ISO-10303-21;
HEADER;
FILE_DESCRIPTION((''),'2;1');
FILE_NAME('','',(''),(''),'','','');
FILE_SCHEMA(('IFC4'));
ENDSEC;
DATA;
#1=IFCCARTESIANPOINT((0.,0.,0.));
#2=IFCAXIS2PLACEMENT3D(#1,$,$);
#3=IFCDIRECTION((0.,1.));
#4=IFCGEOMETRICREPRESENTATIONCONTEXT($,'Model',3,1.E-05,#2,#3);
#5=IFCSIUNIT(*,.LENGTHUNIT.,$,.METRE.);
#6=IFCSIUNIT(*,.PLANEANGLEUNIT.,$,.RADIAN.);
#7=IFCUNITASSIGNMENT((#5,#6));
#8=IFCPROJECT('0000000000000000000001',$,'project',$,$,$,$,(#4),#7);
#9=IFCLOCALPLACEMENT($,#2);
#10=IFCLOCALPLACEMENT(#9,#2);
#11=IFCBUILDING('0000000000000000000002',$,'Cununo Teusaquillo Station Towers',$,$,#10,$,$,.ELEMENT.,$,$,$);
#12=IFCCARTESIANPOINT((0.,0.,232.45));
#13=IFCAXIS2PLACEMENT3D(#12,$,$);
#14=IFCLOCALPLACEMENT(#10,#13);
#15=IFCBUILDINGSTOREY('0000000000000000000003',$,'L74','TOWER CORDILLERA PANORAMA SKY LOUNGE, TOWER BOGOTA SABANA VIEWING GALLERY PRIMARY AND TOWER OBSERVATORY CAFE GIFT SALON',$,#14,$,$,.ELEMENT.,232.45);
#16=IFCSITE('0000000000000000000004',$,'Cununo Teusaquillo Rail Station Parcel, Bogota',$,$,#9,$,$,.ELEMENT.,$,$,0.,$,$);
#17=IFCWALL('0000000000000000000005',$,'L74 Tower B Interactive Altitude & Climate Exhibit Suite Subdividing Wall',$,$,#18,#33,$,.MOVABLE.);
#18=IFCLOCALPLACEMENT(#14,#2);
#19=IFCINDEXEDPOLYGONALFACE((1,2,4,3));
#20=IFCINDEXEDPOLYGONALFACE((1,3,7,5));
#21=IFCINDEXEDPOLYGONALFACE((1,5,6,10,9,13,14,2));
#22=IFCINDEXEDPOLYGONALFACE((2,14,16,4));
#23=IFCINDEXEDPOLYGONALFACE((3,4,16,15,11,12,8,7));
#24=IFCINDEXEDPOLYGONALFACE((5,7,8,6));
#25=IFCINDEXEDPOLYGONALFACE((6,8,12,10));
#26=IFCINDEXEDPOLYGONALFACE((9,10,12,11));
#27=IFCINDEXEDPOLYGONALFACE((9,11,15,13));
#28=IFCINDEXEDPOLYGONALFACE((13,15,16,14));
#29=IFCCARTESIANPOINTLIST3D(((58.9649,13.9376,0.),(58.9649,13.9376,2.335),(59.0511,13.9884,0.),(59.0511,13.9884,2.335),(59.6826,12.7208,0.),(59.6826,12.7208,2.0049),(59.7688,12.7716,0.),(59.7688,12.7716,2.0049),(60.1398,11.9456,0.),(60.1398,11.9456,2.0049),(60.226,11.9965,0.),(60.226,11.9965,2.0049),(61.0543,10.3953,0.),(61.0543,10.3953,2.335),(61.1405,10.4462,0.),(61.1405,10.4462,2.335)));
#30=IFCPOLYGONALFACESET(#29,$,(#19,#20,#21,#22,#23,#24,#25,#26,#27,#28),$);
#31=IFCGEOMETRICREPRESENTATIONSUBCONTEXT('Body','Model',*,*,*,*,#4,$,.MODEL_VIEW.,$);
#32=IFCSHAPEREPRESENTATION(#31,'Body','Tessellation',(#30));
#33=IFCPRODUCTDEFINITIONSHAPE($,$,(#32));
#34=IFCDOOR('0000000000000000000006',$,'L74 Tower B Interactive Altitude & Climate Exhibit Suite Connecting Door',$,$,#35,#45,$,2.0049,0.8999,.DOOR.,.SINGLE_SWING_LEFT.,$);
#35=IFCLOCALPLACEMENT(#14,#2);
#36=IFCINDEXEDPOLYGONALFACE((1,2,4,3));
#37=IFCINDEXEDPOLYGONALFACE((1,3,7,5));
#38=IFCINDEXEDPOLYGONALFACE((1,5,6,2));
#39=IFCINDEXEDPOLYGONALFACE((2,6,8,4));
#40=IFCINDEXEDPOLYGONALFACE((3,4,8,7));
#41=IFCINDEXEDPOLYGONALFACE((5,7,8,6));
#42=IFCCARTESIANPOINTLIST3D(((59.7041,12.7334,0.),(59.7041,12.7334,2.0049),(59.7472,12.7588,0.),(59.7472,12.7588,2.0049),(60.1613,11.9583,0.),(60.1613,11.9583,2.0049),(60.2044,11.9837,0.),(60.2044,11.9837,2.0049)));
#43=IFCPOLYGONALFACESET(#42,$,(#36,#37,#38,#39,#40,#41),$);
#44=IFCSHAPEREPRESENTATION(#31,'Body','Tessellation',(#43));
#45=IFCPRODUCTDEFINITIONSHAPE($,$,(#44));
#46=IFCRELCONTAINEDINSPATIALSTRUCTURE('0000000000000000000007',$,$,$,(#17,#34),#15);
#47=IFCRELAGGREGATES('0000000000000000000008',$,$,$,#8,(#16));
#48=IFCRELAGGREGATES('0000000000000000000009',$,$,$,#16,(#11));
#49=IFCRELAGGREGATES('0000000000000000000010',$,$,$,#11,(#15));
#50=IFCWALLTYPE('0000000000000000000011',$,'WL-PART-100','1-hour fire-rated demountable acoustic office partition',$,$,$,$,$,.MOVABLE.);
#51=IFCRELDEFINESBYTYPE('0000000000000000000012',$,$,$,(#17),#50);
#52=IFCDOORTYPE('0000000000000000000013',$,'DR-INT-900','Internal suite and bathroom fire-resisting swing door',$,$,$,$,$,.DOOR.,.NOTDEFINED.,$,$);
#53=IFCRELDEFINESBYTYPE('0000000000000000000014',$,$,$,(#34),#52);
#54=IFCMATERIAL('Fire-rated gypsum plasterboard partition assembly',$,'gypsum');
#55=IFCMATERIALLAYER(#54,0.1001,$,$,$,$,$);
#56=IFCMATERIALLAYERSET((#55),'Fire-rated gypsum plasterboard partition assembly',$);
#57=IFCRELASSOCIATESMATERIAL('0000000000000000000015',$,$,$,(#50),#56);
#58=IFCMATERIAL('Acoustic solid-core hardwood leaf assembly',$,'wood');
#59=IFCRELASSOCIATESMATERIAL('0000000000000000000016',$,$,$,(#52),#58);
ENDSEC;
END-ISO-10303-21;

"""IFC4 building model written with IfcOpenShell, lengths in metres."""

from ifc_helpers import new_model, si_unit, direction, frame, frame_2d, origin, place, context, subcontext, project, spatial, rectangle, extrude, source, transform, mapped, material, layer, layer_set, type_object, element, fill, save


model = new_model("IFC4")

# Units and contexts
model_context = context("Model", 3, precision=1e-05, world=origin(), true_north=direction((0.0, 1.0)))
body_context = subcontext(model_context, "Body", "Model", "MODEL_VIEW")
ifc_project = project(units=[si_unit("LENGTHUNIT", "METRE"), si_unit("PLANEANGLEUNIT", "RADIAN")], contexts=[model_context])

# Site, building, storey
site_placement = place(None, origin())
site = spatial("IfcSite", under=ifc_project, at=site_placement, Name="Cununo Teusaquillo Rail Station Parcel, Bogota", CompositionType="ELEMENT", RefElevation=0.0)
building_placement = place(site_placement, origin())
building = spatial("IfcBuilding", under=site, at=building_placement, Name="Cununo Teusaquillo Station Towers", CompositionType="ELEMENT")
storey_placement = place(building_placement, frame((0.0, 0.0, 232.45)))
storey = spatial("IfcBuildingStorey", under=building, at=storey_placement, Name="L74", Description="TOWER CORDILLERA PANORAMA SKY LOUNGE, TOWER BOGOTA SABANA VIEWING GALLERY PRIMARY AND TOWER OBSERVATORY CAFE GIFT SALON", CompositionType="ELEMENT", Elevation=232.45)

# Shared definitions
ifc_material_1 = material(Name="Fire-rated gypsum plasterboard partition assembly", Category="gypsum")
ifc_layer_1 = layer(ifc_material_1, 0.1001)
ifc_layer_set_1 = layer_set([ifc_layer_1], Name="Fire-rated gypsum plasterboard partition assembly")
wall_type_1 = type_object("IfcWallType", Name="WL-PART-100", Description="1-hour fire-rated demountable acoustic office partition", PredefinedType="MOVABLE", material=ifc_layer_set_1)

# Wall, opening, door
wall_1_placement = place(storey_placement, frame((59.0081, 13.9629, 0.0), z_axis=(0.0, 0.0, 1.0), x_axis=(0.508047, -0.861329, 0.0)))
wall_1 = element("IfcWall", 1, at=wall_1_placement, inside=storey, type_object=wall_type_1, Name="L74 Tower B Interactive Altitude & Climate Exhibit Suite Subdividing Wall", PredefinedType="MOVABLE", context=body_context, shape_type="SweptSolid", body=[
    extrude(rectangle(XDim=4.1125, YDim=0.1001, at=frame_2d((2.0562, 0.0))), origin(), (0.0, 0.0, 1.0), 2.335),
])
shared_shape_1 = source(origin(), body_context, "Body", "SweptSolid", [
    extrude(rectangle(XDim=0.8999, YDim=2.0049, at=frame_2d((0.45, 1.0024))), frame((0.0, 0.0601, 0.0), z_axis=(0.0, -1.0, 0.0), x_axis=(1.0, 0.0, 0.0)), (0.0, 0.0, 1.0), 0.1201),
])
opening_1_placement = place(wall_1_placement, frame((1.4126, 0.0, 0.0)))
opening_1 = element("IfcOpeningElement", 2, at=opening_1_placement, cuts=wall_1, PredefinedType="OPENING", context=body_context, shape_type="MappedRepresentation", body=[
    mapped(shared_shape_1, transform((0.0, 0.0, 0.0), x_axis=(1.0, 0.0, 0.0), y_axis=(0.0, 1.0, 0.0), z_axis=(0.0, 0.0, 1.0), scale=1.0)),
])
ifc_material_2 = material(Name="Acoustic solid-core hardwood leaf assembly", Category="wood")
door_type_1 = type_object("IfcDoorType", Name="DR-INT-900", Description="Internal suite and bathroom fire-resisting swing door", OperationType="NOTDEFINED", PredefinedType="DOOR", material=ifc_material_2)
shared_shape_2 = source(origin(), body_context, "Body", "SweptSolid", [
    extrude(rectangle(XDim=0.8999, YDim=2.0049, at=frame_2d((0.45, 1.0024))), frame((0.0, 0.0249, 0.0), z_axis=(0.0, -1.0, 0.0), x_axis=(1.0, 0.0, 0.0)), (0.0, 0.0, 1.0), 0.05),
])
door_1_placement = place(opening_1_placement, origin())
door_1 = element("IfcDoor", 3, at=door_1_placement, inside=storey, type_object=door_type_1, Name="L74 Tower B Interactive Altitude & Climate Exhibit Suite Connecting Door", OperationType="SINGLE_SWING_LEFT", OverallHeight=2.0049, OverallWidth=0.8999, PredefinedType="DOOR", context=body_context, shape_type="MappedRepresentation", body=[
    mapped(shared_shape_2, transform((0.0, 0.0, 0.0), x_axis=(1.0, 0.0, 0.0), y_axis=(0.0, 1.0, 0.0), z_axis=(0.0, 0.0, 1.0), scale=1.0)),
])
fill(opening_1, door_1)

save(model, "model.ifc")
